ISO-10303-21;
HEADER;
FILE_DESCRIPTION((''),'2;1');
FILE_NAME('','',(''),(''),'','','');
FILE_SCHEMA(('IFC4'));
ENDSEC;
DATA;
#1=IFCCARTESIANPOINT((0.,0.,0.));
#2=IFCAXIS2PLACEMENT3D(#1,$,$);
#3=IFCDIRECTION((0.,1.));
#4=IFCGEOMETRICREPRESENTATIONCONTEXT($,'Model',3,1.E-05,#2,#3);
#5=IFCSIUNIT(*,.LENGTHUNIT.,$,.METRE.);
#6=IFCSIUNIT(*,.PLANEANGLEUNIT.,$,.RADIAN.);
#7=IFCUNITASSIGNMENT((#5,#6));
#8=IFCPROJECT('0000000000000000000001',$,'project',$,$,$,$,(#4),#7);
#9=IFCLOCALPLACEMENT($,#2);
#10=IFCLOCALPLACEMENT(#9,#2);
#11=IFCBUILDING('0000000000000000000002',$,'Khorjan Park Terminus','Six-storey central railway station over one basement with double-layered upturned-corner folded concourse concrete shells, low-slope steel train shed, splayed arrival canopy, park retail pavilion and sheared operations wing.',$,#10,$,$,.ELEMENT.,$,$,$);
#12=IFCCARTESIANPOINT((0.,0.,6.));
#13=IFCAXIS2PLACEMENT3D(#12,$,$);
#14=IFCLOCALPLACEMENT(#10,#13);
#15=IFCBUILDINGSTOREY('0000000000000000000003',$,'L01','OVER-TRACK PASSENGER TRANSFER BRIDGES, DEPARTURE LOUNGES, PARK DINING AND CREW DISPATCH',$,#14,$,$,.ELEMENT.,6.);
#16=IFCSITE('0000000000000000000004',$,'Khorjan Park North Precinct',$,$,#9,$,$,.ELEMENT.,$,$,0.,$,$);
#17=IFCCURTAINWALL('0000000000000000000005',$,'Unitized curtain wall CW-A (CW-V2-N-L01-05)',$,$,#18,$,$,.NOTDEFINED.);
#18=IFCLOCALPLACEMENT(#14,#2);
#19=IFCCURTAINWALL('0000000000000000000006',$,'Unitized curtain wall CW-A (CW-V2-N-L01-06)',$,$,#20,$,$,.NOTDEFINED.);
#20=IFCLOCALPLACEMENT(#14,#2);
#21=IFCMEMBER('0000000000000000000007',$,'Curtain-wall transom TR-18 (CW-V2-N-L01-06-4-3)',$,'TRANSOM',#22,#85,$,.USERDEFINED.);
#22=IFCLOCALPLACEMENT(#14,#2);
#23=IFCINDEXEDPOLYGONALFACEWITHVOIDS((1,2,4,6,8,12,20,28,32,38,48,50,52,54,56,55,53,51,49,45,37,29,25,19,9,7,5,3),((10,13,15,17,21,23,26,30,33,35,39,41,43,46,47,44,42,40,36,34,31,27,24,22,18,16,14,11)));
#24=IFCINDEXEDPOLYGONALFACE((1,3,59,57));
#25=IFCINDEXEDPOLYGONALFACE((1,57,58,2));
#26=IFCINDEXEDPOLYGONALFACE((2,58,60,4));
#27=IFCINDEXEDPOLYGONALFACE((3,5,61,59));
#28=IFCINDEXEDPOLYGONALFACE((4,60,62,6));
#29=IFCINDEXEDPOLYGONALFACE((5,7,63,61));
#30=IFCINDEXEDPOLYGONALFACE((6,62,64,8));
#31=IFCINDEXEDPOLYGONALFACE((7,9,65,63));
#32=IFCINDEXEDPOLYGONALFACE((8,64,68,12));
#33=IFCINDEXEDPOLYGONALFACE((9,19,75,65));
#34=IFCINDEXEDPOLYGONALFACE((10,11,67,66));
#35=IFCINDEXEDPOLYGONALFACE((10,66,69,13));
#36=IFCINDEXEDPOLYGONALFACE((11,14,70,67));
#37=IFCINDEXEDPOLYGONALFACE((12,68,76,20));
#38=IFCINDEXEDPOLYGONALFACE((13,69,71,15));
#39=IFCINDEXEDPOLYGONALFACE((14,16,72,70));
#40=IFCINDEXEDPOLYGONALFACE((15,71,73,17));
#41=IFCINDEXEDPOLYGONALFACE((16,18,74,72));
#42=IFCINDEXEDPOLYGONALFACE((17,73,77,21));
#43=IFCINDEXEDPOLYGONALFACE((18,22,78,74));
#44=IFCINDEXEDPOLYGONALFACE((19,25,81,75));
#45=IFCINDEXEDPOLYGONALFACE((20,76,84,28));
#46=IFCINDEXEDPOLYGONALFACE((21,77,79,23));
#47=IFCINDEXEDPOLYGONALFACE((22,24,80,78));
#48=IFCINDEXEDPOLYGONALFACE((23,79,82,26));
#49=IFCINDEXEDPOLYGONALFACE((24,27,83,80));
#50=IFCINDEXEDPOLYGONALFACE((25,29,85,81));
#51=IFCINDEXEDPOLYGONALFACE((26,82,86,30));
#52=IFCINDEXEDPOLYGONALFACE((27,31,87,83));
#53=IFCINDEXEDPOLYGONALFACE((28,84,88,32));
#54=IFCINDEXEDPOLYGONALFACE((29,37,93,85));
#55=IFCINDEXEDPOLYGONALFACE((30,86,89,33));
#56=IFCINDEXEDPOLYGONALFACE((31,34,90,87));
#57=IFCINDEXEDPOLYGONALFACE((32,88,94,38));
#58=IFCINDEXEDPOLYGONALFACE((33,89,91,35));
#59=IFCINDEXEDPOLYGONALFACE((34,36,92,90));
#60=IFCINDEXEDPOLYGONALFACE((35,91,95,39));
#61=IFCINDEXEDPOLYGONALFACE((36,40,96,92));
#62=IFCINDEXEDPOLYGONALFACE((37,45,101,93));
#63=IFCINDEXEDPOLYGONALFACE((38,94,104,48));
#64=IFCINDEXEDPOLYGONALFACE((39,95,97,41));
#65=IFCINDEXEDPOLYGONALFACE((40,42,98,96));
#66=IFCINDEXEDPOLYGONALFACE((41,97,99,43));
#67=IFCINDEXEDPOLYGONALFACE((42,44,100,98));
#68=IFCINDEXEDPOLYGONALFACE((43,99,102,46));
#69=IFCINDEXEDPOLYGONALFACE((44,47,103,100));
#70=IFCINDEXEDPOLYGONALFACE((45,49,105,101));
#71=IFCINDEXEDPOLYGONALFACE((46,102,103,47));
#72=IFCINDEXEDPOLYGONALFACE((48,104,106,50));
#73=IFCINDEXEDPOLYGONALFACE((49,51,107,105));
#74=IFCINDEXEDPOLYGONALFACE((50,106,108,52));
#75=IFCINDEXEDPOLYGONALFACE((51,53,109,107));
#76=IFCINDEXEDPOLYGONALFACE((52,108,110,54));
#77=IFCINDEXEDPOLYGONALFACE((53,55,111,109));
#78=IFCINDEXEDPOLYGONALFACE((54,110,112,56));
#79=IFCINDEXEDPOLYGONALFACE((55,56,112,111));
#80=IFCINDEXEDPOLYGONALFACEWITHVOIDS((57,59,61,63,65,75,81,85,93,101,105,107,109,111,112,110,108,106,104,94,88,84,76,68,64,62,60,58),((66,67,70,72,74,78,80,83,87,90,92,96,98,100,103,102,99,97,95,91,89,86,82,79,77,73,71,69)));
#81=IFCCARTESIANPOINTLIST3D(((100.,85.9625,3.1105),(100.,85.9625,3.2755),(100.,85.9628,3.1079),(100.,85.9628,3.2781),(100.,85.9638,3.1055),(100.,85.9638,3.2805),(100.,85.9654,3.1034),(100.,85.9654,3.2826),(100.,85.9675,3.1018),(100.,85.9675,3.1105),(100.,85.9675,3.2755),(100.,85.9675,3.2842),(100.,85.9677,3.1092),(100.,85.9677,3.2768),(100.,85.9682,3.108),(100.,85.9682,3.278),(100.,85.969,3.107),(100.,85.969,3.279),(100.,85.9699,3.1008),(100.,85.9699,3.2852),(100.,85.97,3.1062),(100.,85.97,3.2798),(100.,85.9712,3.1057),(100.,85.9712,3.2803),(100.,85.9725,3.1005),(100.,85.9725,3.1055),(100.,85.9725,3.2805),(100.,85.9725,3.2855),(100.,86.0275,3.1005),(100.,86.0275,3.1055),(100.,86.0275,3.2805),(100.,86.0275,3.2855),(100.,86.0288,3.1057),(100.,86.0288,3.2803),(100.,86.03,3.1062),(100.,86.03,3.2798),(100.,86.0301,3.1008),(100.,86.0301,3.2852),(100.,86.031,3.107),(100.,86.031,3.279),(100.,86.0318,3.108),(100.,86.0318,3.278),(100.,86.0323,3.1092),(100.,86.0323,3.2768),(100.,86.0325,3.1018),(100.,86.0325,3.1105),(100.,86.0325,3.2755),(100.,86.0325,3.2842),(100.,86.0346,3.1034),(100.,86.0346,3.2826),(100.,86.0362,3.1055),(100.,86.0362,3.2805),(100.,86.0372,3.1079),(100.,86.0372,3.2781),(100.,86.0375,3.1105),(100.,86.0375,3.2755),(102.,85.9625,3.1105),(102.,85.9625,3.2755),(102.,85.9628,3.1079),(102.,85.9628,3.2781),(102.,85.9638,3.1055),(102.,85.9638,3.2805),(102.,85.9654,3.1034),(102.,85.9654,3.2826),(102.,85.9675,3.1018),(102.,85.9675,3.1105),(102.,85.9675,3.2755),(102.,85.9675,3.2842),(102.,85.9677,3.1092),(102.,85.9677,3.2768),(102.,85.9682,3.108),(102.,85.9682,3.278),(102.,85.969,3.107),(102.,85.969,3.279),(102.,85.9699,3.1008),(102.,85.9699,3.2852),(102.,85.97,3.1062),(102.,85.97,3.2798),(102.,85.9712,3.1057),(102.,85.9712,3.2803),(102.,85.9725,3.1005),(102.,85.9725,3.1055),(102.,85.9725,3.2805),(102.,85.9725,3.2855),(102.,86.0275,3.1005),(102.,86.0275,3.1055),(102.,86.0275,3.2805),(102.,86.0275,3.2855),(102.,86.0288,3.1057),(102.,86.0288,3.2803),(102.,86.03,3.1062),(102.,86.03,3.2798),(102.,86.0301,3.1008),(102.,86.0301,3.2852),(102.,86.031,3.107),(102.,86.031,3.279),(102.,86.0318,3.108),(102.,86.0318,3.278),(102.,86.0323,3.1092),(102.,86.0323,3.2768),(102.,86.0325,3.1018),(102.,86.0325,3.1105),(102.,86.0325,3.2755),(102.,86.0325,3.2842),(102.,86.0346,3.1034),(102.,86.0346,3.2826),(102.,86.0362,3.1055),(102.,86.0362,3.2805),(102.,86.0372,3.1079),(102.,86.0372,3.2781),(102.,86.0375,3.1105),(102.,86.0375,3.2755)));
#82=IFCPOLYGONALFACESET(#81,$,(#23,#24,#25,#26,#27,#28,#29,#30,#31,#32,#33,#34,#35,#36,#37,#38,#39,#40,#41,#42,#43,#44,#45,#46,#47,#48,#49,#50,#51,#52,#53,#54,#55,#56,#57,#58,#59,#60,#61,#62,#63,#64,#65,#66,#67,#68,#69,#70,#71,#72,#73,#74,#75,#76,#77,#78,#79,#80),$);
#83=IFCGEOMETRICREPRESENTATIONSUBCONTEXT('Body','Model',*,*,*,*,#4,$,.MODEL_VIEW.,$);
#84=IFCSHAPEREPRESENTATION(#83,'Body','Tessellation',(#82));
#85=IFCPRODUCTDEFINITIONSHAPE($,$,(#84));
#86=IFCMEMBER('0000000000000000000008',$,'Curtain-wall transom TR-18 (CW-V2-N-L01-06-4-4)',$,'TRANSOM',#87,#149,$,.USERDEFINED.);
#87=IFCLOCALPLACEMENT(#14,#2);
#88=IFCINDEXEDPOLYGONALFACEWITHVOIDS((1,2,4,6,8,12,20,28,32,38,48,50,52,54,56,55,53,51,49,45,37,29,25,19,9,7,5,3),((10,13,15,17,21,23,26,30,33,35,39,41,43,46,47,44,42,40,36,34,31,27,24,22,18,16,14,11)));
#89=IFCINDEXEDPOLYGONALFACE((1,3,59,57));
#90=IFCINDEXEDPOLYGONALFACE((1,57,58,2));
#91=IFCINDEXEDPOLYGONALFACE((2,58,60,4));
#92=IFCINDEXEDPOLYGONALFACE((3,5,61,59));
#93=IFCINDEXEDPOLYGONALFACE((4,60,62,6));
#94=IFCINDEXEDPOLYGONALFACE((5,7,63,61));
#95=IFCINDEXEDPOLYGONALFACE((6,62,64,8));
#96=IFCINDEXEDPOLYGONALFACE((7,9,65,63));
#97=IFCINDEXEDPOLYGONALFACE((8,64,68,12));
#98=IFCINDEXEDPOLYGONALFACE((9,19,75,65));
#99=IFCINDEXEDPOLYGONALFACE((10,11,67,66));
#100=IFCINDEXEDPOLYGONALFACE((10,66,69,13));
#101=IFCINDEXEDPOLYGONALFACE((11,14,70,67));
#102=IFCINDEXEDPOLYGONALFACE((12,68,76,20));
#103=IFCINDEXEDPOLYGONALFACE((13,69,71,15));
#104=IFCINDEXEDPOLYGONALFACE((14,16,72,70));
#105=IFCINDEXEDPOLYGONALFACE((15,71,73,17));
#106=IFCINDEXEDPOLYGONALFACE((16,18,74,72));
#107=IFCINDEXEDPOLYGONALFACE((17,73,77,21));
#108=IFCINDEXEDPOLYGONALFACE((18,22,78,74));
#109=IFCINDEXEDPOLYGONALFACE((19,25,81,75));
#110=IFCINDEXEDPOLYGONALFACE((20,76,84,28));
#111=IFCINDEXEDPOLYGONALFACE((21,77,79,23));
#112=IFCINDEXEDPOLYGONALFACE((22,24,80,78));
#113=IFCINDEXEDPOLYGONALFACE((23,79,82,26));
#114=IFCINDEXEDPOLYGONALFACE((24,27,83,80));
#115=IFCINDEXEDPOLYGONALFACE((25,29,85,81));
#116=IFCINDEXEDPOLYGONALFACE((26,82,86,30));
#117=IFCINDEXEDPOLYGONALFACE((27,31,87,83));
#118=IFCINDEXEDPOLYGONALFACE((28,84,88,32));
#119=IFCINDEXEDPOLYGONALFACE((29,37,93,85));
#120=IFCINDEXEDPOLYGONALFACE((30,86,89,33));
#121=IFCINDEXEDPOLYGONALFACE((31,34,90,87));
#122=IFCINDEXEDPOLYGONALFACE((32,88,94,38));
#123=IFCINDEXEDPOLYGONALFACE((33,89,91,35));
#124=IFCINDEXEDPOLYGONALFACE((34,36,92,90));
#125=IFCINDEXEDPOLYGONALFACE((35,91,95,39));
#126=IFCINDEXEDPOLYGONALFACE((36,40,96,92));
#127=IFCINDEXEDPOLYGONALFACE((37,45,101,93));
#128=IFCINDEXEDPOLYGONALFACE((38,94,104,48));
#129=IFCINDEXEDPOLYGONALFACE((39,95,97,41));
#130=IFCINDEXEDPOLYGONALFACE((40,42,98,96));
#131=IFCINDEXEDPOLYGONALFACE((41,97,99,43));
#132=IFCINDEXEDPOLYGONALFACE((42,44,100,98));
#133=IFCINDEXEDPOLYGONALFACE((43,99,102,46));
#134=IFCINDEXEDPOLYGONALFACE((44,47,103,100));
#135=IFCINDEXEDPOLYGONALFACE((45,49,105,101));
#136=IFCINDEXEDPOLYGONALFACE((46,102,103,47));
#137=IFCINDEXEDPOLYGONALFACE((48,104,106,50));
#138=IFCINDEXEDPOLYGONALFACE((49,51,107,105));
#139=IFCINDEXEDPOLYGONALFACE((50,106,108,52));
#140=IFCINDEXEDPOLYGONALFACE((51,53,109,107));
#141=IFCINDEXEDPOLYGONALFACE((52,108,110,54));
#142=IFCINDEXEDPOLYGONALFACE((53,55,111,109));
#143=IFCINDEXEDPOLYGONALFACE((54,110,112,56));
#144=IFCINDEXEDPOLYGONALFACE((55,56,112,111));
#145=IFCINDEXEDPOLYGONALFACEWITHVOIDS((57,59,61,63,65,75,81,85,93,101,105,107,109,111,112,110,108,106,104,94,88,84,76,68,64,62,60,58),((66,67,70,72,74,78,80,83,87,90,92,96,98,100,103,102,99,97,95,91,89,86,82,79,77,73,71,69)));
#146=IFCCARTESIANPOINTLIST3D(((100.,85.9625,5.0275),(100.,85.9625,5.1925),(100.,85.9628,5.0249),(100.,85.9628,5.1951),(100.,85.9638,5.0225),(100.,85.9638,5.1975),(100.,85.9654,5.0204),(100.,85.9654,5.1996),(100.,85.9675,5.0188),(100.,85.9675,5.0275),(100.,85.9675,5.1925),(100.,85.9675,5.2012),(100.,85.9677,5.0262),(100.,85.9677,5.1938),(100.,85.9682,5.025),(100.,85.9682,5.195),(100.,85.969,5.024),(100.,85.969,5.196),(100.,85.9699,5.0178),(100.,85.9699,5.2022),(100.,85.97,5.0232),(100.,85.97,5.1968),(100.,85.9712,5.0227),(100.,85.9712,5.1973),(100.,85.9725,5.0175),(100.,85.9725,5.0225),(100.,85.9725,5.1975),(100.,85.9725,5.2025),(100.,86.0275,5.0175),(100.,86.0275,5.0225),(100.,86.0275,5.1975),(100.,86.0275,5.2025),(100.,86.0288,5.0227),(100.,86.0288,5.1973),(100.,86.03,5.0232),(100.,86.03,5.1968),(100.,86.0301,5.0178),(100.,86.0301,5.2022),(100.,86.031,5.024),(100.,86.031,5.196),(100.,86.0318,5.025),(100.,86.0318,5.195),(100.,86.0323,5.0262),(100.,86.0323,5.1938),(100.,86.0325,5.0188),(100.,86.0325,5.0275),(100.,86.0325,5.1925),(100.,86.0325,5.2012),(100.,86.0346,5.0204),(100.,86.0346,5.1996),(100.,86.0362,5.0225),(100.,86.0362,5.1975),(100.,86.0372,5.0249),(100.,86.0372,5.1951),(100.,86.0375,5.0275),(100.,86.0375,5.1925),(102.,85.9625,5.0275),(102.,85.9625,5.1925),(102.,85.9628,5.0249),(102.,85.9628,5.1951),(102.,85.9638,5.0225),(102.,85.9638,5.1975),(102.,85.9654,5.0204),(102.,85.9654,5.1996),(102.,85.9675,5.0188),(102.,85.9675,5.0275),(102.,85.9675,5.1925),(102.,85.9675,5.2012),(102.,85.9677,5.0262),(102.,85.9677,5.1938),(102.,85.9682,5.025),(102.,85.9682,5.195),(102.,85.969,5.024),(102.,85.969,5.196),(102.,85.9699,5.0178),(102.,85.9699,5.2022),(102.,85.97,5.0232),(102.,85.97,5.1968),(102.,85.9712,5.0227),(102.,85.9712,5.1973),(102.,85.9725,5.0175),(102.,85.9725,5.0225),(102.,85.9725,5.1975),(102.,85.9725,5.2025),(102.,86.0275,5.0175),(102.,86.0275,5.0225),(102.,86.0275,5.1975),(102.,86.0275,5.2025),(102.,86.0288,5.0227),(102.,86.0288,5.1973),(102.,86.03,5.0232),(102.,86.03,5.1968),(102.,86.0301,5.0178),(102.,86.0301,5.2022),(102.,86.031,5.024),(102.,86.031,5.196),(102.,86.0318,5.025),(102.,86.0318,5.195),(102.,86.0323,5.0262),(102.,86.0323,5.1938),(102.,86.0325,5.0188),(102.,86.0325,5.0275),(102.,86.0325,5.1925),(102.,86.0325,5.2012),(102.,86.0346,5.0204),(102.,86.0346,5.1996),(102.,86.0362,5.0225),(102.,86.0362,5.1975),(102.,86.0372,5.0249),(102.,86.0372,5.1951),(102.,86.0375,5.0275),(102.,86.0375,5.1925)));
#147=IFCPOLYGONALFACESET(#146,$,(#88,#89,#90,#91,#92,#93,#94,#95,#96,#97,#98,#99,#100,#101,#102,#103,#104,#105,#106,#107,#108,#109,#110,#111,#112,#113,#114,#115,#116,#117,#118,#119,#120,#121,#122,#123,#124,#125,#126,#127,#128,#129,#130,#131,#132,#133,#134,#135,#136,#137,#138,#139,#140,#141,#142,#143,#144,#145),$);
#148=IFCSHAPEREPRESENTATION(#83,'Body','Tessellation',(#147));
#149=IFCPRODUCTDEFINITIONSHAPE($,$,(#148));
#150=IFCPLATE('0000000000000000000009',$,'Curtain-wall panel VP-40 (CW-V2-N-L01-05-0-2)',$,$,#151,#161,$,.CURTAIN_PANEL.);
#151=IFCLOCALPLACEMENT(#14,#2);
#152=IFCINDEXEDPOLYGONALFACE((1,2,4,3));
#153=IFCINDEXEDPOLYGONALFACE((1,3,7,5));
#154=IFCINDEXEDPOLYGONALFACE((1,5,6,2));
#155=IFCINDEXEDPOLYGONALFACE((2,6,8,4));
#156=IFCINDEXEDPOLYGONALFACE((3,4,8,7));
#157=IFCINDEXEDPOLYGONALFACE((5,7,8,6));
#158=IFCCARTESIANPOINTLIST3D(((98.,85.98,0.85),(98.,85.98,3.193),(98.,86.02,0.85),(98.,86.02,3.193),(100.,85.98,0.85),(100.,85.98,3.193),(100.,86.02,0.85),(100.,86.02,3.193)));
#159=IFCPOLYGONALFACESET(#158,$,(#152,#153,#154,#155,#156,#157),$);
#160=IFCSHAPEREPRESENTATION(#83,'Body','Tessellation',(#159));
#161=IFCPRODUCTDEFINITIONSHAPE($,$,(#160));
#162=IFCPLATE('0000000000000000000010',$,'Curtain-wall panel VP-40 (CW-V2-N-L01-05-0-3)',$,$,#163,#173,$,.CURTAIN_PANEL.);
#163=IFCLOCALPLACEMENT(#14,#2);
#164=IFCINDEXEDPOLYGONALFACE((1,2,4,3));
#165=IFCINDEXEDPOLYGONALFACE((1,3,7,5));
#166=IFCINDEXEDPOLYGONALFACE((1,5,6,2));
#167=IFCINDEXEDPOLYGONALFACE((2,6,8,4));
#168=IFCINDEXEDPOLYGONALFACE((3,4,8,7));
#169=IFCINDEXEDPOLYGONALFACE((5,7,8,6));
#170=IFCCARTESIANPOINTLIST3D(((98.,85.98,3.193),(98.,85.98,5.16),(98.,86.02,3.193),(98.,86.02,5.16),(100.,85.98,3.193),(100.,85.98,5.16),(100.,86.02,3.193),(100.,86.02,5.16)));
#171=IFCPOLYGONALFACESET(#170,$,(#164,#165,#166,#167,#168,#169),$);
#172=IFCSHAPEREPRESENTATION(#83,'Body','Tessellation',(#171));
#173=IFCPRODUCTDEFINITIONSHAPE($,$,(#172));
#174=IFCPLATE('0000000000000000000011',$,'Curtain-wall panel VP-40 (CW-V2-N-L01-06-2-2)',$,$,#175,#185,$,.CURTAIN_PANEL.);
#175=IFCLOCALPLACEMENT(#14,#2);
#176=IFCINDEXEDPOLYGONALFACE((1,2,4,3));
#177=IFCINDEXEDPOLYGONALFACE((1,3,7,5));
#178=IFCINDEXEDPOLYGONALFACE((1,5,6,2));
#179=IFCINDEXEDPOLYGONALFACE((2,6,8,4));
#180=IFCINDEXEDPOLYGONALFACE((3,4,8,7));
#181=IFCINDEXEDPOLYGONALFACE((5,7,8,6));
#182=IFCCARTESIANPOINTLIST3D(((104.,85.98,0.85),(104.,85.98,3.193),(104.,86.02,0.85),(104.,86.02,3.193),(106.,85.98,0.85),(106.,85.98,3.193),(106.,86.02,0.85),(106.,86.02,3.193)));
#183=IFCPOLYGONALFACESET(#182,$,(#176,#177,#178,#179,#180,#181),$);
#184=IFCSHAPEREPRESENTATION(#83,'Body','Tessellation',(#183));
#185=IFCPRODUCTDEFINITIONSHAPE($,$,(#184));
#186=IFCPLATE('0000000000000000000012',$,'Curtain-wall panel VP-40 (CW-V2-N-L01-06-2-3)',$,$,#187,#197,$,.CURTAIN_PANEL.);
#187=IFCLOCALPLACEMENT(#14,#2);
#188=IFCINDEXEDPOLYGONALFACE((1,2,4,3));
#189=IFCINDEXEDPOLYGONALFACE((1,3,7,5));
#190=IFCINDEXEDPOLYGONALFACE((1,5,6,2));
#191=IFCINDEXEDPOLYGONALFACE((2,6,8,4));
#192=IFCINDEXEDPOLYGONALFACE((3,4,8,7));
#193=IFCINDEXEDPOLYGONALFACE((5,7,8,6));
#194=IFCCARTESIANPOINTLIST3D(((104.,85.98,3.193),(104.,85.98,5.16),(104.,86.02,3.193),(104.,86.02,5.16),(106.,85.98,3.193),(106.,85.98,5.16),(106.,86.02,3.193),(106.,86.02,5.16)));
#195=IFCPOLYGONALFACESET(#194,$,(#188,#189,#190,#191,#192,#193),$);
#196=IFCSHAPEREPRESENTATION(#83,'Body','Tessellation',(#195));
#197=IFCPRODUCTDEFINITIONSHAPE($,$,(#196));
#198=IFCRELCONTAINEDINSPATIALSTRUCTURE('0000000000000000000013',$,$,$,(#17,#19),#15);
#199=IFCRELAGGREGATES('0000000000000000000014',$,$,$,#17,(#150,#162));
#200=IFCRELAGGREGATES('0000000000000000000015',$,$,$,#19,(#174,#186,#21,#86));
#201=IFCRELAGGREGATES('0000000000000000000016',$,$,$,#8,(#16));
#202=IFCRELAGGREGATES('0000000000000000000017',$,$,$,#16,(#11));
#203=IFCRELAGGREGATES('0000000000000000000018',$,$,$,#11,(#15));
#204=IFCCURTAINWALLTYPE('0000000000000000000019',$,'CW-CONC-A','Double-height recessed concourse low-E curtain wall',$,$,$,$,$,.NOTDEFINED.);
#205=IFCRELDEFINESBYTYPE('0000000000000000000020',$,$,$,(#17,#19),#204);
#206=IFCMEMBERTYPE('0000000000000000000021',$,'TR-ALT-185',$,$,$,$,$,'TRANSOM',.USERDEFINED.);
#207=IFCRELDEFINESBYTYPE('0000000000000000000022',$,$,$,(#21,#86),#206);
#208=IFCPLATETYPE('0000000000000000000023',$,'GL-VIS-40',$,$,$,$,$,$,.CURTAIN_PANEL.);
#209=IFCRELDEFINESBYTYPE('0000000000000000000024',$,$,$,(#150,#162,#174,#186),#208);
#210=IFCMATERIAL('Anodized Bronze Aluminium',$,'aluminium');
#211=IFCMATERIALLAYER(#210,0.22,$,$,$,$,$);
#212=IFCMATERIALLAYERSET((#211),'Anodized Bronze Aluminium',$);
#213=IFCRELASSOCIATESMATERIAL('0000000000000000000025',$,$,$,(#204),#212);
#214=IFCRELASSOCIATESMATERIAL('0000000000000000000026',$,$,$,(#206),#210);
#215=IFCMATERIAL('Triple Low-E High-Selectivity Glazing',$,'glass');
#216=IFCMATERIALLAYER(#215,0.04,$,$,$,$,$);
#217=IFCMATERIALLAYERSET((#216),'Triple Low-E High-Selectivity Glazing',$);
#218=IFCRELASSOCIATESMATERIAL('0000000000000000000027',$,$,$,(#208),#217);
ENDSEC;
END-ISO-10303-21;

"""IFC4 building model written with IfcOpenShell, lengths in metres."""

from ifc_helpers import new_model, si_unit, direction, frame, origin, origin_2d, place, context, subcontext, project, spatial, rectangle, hollow_rectangle, extrude, material, layer, layer_set, material_profile, profile_set, type_object, element, aggregate, save


model = new_model("IFC4")

# Units and contexts
model_context = context("Model", 3, precision=1e-05, world=origin(), true_north=direction((0.0, 1.0)))
body_context = subcontext(model_context, "Body", "Model", "MODEL_VIEW")
ifc_project = project(units=[si_unit("LENGTHUNIT", "METRE"), si_unit("PLANEANGLEUNIT", "RADIAN")], contexts=[model_context])

# Site, building, storey
site_placement = place(None, origin())
site = spatial("IfcSite", under=ifc_project, at=site_placement, Name="Khorjan Park North Precinct", CompositionType="ELEMENT", RefElevation=0.0)
building_placement = place(site_placement, origin())
building = spatial("IfcBuilding", under=site, at=building_placement, Name="Khorjan Park Terminus", Description="Six-storey central railway station over one basement with double-layered upturned-corner folded concourse concrete shells, low-slope steel train shed, splayed arrival canopy, park retail pavilion and sheared operations wing.", CompositionType="ELEMENT")
storey_placement = place(building_placement, frame((0.0, 0.0, 6.0)))
storey = spatial("IfcBuildingStorey", under=building, at=storey_placement, Name="L01", Description="OVER-TRACK PASSENGER TRANSFER BRIDGES, DEPARTURE LOUNGES, PARK DINING AND CREW DISPATCH", CompositionType="ELEMENT", Elevation=6.0)

# Curtain wall
ifc_material_1 = material(Name="Anodized Bronze Aluminium", Category="aluminium")
ifc_layer_1 = layer(ifc_material_1, 0.22)
ifc_layer_set_1 = layer_set([ifc_layer_1], Name="Anodized Bronze Aluminium")
curtain_wall_type = type_object("IfcCurtainWallType", Name="CW-CONC-A", Description="Double-height recessed concourse low-E curtain wall", PredefinedType="NOTDEFINED", material=ifc_layer_set_1)
curtain_wall_1_placement = place(storey_placement, origin())
curtain_wall_1 = element("IfcCurtainWall", 1, at=curtain_wall_1_placement, inside=storey, type_object=curtain_wall_type, Name="Unitized curtain wall CW-A (CW-V2-N-L01-05)", PredefinedType="NOTDEFINED")

# Curtain wall
curtain_wall_2_placement = place(storey_placement, origin())
curtain_wall_2 = element("IfcCurtainWall", 2, at=curtain_wall_2_placement, inside=storey, type_object=curtain_wall_type, Name="Unitized curtain wall CW-A (CW-V2-N-L01-06)", PredefinedType="NOTDEFINED")

# Members
ifc_material_profile_1 = material_profile(ifc_material_1, hollow_rectangle(XDim=0.075, YDim=0.185, WallThickness=0.005, InnerFilletRadius=0.005, OuterFilletRadius=0.01, at=origin_2d()), Name="ALT 75x185x5")
ifc_profile_set_1 = profile_set([ifc_material_profile_1], Name="Anodized Bronze Aluminium")
member_type_1 = type_object("IfcMemberType", Name="TR-ALT-185", ElementType="TRANSOM", PredefinedType="USERDEFINED", material=ifc_profile_set_1)
member_1_placement = place(storey_placement, frame((102.0, 86.0, 3.193), z_axis=(-1.0, 0.0, 0.0), x_axis=(0.0, -1.0, 0.0)))
member_1 = element("IfcMember", 3, at=member_1_placement, type_object=member_type_1, Name="Curtain-wall transom TR-18 (CW-V2-N-L01-06-4-3)", ObjectType="TRANSOM", PredefinedType="USERDEFINED", context=body_context, shape_type="SweptSolid", body=[
    extrude(hollow_rectangle(XDim=0.075, YDim=0.185, WallThickness=0.005, InnerFilletRadius=0.005, OuterFilletRadius=0.01, at=origin_2d()), origin(), (0.0, 0.0, 1.0), 2.0),
])
member_2_placement = place(storey_placement, frame((102.0, 86.0, 5.11), z_axis=(-1.0, 0.0, 0.0), x_axis=(0.0, -1.0, 0.0)))
member_2 = element("IfcMember", 4, at=member_2_placement, type_object=member_type_1, Name="Curtain-wall transom TR-18 (CW-V2-N-L01-06-4-4)", ObjectType="TRANSOM", PredefinedType="USERDEFINED", context=body_context, shape_type="SweptSolid", body=[
    extrude(hollow_rectangle(XDim=0.075, YDim=0.185, WallThickness=0.005, InnerFilletRadius=0.005, OuterFilletRadius=0.01, at=origin_2d()), origin(), (0.0, 0.0, 1.0), 2.0),
])

# Plates
ifc_material_2 = material(Name="Triple Low-E High-Selectivity Glazing", Category="glass")
ifc_layer_2 = layer(ifc_material_2, 0.04)
ifc_layer_set_2 = layer_set([ifc_layer_2], Name="Triple Low-E High-Selectivity Glazing")
plate_type_1 = type_object("IfcPlateType", Name="GL-VIS-40", PredefinedType="CURTAIN_PANEL", material=ifc_layer_set_2)
plate_1_placement = place(storey_placement, frame((99.0, 86.0, 0.85), z_axis=(0.0, 0.0, 1.0), x_axis=(-1.0, 0.0, 0.0)))
plate_1 = element("IfcPlate", 5, at=plate_1_placement, type_object=plate_type_1, Name="Curtain-wall panel VP-40 (CW-V2-N-L01-05-0-2)", PredefinedType="CURTAIN_PANEL", context=body_context, shape_type="SweptSolid", body=[
    extrude(rectangle(XDim=2.0, YDim=0.04, at=origin_2d()), origin(), (0.0, 0.0, 1.0), 2.343),
])
plate_2_placement = place(storey_placement, frame((99.0, 86.0, 3.193), z_axis=(0.0, 0.0, 1.0), x_axis=(-1.0, 0.0, 0.0)))
plate_2 = element("IfcPlate", 6, at=plate_2_placement, type_object=plate_type_1, Name="Curtain-wall panel VP-40 (CW-V2-N-L01-05-0-3)", PredefinedType="CURTAIN_PANEL", context=body_context, shape_type="SweptSolid", body=[
    extrude(rectangle(XDim=2.0, YDim=0.04, at=origin_2d()), origin(), (0.0, 0.0, 1.0), 1.967),
])
plate_3_placement = place(storey_placement, frame((105.0, 86.0, 0.85), z_axis=(0.0, 0.0, 1.0), x_axis=(-1.0, 0.0, 0.0)))
plate_3 = element("IfcPlate", 7, at=plate_3_placement, type_object=plate_type_1, Name="Curtain-wall panel VP-40 (CW-V2-N-L01-06-2-2)", PredefinedType="CURTAIN_PANEL", context=body_context, shape_type="SweptSolid", body=[
    extrude(rectangle(XDim=2.0, YDim=0.04, at=origin_2d()), origin(), (0.0, 0.0, 1.0), 2.343),
])
plate_4_placement = place(storey_placement, frame((105.0, 86.0, 3.193), z_axis=(0.0, 0.0, 1.0), x_axis=(-1.0, 0.0, 0.0)))
plate_4 = element("IfcPlate", 8, at=plate_4_placement, type_object=plate_type_1, Name="Curtain-wall panel VP-40 (CW-V2-N-L01-06-2-3)", PredefinedType="CURTAIN_PANEL", context=body_context, shape_type="SweptSolid", body=[
    extrude(rectangle(XDim=2.0, YDim=0.04, at=origin_2d()), origin(), (0.0, 0.0, 1.0), 1.967),
])
aggregate(curtain_wall_1, [plate_1, plate_2])
aggregate(curtain_wall_2, [plate_3, plate_4, member_1, member_2])

save(model, "model.ifc")
